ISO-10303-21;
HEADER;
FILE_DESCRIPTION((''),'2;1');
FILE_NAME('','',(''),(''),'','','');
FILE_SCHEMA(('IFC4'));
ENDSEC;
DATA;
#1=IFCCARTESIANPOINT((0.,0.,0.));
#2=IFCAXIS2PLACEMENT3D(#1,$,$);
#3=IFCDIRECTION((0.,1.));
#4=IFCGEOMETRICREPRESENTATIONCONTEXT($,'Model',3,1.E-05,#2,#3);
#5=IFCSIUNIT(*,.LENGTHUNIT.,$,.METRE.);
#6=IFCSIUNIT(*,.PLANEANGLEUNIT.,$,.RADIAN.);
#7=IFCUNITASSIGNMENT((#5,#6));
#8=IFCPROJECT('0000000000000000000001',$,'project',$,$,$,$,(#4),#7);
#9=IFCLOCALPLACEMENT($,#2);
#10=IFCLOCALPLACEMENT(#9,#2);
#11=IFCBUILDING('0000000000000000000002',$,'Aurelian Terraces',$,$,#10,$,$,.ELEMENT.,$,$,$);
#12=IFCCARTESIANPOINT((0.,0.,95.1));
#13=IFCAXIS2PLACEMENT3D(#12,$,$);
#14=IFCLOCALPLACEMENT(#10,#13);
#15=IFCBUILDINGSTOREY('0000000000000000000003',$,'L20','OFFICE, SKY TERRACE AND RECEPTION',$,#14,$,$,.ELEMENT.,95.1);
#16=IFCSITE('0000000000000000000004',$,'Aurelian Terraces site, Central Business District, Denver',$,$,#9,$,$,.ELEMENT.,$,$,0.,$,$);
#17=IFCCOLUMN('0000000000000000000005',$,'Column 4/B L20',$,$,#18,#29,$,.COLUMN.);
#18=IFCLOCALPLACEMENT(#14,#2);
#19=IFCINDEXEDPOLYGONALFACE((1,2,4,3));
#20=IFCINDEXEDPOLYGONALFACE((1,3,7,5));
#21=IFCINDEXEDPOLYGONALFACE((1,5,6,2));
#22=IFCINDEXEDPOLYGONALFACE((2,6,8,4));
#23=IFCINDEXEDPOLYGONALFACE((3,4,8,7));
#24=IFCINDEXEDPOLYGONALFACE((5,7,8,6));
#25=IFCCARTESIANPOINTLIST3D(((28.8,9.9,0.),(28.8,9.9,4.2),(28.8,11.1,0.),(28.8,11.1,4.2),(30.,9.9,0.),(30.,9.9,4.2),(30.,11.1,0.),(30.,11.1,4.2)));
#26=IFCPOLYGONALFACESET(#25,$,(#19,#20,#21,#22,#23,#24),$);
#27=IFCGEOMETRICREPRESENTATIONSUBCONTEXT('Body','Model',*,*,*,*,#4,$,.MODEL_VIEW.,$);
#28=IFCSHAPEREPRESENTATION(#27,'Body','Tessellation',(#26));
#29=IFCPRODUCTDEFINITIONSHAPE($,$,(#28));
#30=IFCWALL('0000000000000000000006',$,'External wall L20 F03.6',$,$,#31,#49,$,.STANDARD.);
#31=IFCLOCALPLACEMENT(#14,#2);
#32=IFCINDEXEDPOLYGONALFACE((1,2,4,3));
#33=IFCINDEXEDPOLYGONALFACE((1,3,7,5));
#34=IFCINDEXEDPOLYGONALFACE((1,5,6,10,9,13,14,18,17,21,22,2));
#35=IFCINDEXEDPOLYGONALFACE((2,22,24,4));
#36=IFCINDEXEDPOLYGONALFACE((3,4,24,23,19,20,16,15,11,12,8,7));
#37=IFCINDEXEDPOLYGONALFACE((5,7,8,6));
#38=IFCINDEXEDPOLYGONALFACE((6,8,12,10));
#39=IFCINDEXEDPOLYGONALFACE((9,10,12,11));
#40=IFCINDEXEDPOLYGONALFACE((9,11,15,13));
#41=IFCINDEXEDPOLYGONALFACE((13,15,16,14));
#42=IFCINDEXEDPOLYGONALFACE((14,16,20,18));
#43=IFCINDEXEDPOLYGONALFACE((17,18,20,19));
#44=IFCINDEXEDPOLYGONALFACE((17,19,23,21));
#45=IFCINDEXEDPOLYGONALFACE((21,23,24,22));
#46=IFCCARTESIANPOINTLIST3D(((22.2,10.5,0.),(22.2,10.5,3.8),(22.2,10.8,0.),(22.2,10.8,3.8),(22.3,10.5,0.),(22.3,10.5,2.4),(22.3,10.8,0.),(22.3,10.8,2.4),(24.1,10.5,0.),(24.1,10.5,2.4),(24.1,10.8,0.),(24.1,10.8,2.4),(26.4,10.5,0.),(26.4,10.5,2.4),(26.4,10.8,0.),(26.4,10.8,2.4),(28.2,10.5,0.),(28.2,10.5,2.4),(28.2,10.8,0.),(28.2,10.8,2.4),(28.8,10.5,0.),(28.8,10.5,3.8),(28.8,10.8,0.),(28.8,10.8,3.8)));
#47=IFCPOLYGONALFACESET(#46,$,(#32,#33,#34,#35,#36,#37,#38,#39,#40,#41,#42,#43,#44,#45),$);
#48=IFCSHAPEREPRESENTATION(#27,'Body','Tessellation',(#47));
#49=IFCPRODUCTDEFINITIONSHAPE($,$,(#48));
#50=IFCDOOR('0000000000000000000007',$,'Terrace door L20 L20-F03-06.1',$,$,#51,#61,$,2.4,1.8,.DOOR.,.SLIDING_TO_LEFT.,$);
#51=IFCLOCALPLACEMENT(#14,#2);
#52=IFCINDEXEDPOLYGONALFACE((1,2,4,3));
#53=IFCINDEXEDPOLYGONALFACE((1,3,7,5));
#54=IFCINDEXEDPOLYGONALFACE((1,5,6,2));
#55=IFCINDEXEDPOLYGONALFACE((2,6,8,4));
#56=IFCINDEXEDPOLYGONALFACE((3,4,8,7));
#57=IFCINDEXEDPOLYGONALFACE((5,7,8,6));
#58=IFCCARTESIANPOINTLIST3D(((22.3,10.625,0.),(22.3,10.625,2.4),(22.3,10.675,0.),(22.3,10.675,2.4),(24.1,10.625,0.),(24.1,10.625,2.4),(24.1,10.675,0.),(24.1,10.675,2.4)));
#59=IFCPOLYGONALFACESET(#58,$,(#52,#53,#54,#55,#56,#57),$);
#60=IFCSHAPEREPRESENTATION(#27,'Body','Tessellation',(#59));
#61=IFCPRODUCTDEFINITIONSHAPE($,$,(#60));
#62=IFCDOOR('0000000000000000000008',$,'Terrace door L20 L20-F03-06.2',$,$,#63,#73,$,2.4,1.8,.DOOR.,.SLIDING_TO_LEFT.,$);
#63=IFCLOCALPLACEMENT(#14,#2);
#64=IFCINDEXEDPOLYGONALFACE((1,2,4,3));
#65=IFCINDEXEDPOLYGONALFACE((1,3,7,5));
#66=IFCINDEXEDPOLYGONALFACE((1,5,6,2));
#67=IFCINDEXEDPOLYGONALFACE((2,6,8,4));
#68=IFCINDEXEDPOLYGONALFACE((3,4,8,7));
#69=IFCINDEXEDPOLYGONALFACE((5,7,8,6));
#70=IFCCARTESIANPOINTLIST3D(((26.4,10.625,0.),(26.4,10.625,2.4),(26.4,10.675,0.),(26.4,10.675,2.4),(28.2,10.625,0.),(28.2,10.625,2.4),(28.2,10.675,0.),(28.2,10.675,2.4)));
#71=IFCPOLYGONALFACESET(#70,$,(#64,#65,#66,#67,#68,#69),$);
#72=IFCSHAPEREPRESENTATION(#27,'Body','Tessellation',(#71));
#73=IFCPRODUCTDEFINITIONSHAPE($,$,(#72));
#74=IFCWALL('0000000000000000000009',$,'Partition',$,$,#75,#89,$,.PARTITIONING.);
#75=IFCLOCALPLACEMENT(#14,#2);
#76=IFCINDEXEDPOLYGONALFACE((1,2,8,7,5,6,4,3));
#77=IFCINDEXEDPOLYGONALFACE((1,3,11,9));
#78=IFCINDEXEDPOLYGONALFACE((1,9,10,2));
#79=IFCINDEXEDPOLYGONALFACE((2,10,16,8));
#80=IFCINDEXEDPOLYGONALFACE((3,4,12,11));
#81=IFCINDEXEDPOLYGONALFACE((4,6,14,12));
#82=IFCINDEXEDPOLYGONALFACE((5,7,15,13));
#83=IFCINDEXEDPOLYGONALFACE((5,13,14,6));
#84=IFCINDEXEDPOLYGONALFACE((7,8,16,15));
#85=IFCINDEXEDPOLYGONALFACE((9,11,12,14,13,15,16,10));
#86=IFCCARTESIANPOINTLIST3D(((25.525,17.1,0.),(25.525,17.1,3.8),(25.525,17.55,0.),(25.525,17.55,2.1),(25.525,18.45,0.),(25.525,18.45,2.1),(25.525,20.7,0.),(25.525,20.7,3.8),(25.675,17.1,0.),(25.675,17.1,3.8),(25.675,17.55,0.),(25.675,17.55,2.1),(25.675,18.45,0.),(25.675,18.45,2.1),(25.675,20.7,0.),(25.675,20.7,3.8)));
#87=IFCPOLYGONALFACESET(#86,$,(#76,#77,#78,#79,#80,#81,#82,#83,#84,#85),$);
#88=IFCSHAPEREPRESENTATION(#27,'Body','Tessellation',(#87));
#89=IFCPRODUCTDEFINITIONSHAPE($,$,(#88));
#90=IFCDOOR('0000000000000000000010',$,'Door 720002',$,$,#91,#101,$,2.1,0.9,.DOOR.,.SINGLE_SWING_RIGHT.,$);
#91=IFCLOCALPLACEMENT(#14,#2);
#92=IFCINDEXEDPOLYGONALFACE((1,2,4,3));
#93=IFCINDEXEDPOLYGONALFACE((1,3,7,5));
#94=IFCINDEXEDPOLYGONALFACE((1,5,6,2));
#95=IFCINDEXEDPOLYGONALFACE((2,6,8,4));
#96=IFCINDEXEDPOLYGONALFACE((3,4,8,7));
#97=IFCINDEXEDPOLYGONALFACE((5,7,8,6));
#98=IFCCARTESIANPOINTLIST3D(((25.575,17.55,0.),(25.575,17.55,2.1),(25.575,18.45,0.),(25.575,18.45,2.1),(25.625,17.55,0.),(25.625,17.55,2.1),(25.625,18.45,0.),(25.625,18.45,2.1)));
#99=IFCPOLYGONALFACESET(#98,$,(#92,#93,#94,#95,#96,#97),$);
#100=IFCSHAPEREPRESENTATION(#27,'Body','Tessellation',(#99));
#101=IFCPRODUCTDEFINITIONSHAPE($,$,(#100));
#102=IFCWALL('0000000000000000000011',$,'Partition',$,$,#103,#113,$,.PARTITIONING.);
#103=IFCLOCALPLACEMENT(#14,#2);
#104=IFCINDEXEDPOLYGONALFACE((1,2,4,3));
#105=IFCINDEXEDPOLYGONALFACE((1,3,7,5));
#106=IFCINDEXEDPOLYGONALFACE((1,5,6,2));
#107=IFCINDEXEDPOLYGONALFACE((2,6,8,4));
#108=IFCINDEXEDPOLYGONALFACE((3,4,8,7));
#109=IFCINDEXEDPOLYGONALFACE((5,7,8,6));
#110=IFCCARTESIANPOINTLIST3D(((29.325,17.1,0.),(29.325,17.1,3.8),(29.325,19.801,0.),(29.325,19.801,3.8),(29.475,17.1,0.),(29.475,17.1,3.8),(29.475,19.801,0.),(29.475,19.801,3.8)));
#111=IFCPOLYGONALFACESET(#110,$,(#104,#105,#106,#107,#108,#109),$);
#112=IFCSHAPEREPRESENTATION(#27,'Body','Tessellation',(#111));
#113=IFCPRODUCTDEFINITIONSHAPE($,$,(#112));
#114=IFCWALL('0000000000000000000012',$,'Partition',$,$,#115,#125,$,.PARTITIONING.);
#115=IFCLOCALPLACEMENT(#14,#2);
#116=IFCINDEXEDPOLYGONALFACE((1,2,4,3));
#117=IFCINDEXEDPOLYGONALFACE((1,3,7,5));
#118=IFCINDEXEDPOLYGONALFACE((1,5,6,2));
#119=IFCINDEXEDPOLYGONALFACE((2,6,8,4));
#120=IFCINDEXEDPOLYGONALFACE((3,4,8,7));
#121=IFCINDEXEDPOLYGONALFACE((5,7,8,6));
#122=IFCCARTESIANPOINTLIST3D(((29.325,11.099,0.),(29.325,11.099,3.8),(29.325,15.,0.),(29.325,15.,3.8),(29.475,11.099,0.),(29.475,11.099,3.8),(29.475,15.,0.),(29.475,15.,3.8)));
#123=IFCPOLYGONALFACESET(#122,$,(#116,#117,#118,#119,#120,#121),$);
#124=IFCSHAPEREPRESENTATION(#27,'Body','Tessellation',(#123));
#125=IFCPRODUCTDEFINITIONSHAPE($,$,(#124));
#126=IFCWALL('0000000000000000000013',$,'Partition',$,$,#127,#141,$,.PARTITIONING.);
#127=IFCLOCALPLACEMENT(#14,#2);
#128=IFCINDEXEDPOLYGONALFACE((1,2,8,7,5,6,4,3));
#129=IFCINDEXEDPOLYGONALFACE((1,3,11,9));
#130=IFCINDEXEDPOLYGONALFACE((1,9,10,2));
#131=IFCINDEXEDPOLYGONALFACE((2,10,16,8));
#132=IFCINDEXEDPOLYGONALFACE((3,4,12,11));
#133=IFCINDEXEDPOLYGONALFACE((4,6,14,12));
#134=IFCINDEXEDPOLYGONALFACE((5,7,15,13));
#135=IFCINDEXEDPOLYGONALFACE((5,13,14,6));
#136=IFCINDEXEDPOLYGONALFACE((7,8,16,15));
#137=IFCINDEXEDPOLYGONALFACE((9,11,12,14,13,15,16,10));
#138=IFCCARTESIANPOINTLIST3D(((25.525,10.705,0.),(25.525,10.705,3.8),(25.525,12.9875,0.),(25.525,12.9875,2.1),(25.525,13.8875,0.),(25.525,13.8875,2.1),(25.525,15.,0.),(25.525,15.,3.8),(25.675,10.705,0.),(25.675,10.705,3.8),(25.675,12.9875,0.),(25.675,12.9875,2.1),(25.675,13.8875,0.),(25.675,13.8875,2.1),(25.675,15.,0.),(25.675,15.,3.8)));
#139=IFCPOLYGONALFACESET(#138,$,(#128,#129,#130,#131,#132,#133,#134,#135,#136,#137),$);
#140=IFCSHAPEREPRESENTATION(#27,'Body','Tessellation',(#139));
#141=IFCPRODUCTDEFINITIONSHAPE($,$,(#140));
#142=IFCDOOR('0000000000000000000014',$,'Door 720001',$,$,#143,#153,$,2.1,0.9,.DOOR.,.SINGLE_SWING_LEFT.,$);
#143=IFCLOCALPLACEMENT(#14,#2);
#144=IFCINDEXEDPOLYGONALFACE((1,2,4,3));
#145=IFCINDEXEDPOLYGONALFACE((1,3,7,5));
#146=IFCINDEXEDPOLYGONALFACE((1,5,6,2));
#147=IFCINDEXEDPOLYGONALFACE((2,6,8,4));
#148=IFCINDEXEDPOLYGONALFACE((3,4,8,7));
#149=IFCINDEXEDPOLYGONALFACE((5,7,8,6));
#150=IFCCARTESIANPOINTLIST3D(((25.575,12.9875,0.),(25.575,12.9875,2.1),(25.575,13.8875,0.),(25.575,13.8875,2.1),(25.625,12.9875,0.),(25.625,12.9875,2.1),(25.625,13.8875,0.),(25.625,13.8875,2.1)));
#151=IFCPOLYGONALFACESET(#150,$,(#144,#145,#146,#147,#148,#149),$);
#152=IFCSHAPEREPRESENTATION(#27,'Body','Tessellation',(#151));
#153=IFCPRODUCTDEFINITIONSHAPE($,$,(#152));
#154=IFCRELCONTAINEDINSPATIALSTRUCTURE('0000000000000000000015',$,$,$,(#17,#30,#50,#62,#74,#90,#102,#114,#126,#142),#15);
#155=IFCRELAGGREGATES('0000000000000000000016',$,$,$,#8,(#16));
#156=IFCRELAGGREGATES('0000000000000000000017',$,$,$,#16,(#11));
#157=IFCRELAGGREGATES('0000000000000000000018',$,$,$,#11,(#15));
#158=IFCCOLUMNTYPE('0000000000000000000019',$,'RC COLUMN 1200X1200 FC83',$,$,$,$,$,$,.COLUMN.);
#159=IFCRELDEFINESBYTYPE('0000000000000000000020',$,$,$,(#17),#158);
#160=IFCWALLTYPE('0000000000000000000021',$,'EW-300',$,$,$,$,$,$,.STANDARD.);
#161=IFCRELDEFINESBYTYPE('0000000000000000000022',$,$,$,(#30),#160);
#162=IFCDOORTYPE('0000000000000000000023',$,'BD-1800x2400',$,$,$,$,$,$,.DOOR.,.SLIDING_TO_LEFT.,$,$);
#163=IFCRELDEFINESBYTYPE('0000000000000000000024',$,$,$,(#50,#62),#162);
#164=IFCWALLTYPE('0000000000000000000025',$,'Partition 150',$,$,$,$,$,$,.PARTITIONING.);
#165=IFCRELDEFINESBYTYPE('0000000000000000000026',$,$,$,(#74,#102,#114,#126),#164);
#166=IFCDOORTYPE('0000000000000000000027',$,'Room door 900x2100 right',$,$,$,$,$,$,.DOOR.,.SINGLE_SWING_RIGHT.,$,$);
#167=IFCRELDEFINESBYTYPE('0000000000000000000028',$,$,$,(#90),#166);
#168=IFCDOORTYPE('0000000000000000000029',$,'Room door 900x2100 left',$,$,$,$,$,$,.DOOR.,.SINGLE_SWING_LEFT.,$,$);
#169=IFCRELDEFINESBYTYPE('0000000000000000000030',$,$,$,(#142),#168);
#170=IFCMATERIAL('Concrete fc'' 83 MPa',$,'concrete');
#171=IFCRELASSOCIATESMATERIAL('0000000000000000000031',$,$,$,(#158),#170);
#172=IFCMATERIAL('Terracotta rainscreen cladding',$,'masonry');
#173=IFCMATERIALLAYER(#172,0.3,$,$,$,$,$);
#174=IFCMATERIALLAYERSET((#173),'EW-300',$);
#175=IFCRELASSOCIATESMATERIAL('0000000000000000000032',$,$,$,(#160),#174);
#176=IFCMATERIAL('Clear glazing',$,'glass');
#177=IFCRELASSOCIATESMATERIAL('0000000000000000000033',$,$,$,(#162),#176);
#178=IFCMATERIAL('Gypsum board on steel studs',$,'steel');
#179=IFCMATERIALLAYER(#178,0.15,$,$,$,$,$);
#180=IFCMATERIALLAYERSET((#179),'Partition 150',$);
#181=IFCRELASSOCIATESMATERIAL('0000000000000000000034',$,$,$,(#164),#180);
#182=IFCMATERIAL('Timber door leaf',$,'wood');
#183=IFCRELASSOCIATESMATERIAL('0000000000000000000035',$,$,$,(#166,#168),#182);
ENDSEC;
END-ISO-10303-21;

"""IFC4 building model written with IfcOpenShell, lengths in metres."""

from ifc_helpers import new_model, si_unit, direction, frame, frame_2d, origin, origin_2d, place, context, subcontext, project, spatial, rectangle, extrude, source, transform, mapped, material, layer, layer_set, material_profile, profile_set, type_object, element, fill, save


model = new_model("IFC4")

# Units and contexts
model_context = context("Model", 3, precision=1e-05, world=origin(), true_north=direction((0.0, 1.0)))
body_context = subcontext(model_context, "Body", "Model", "MODEL_VIEW")
ifc_project = project(units=[si_unit("LENGTHUNIT", "METRE"), si_unit("PLANEANGLEUNIT", "RADIAN")], contexts=[model_context])

# Site, building, storey
site_placement = place(None, origin())
site = spatial("IfcSite", under=ifc_project, at=site_placement, Name="Aurelian Terraces site, Central Business District, Denver", CompositionType="ELEMENT", RefElevation=0.0)
building_placement = place(site_placement, origin())
building = spatial("IfcBuilding", under=site, at=building_placement, Name="Aurelian Terraces", CompositionType="ELEMENT")
storey_placement = place(building_placement, frame((0.0, 0.0, 95.1)))
storey = spatial("IfcBuildingStorey", under=building, at=storey_placement, Name="L20", Description="OFFICE, SKY TERRACE AND RECEPTION", CompositionType="ELEMENT", Elevation=95.1)

# Column
ifc_material_1 = material(Name="Concrete fc' 83 MPa", Category="concrete")
ifc_material_profile = material_profile(ifc_material_1, rectangle(XDim=1.2, YDim=1.2, at=origin_2d()))
ifc_profile_set = profile_set([ifc_material_profile], Name="Concrete fc' 83 MPa")
column_type = type_object("IfcColumnType", Name="RC COLUMN 1200X1200 FC83", PredefinedType="COLUMN", material=ifc_profile_set)
shared_shape_1 = source(origin(), body_context, "Body", "SweptSolid", [
    extrude(rectangle(XDim=1.2, YDim=1.2, at=origin_2d()), origin(), (0.0, 0.0, 1.0), 4.2),
])
column_placement = place(storey_placement, frame((29.4, 10.5, 0.0), z_axis=(0.0, 0.0, 1.0), x_axis=(1.0, 0.0, 0.0)))
element("IfcColumn", 1, at=column_placement, inside=storey, type_object=column_type, Name="Column 4/B L20", PredefinedType="COLUMN", context=body_context, shape_type="MappedRepresentation", body=[
    mapped(shared_shape_1, transform((0.0, 0.0, 0.0), scale=1.0)),
])

# Wall, openings, doors
ifc_material_2 = material(Name="Terracotta rainscreen cladding", Category="masonry")
ifc_layer_1 = layer(ifc_material_2, 0.3)
ifc_layer_set_1 = layer_set([ifc_layer_1], Name="EW-300")
wall_type_1 = type_object("IfcWallType", Name="EW-300", PredefinedType="STANDARD", material=ifc_layer_set_1)
shared_shape_2 = source(origin(), body_context, "Body", "SweptSolid", [
    extrude(rectangle(XDim=6.6, YDim=0.3, at=frame_2d((3.3, 0.0))), origin(), (0.0, 0.0, 1.0), 3.8),
])
wall_1_placement = place(storey_placement, frame((22.2, 10.65, 0.0), z_axis=(0.0, 0.0, 1.0), x_axis=(1.0, 0.0, 0.0)))
wall_1 = element("IfcWall", 2, at=wall_1_placement, inside=storey, type_object=wall_type_1, Name="External wall L20 F03.6", PredefinedType="STANDARD", context=body_context, shape_type="MappedRepresentation", body=[
    mapped(shared_shape_2, transform((0.0, 0.0, 0.0), scale=1.0)),
])
shared_shape_3 = source(origin(), body_context, "Body", "SweptSolid", [
    extrude(rectangle(XDim=1.8, YDim=2.4, at=frame_2d((0.9, 1.2))), frame((0.0, 0.16, 0.0), z_axis=(0.0, -1.0, 0.0), x_axis=(1.0, 0.0, 0.0)), (0.0, 0.0, 1.0), 0.32),
])
opening_1_placement = place(wall_1_placement, frame((0.1, 0.0, 0.0)))
opening_1 = element("IfcOpeningElement", 3, at=opening_1_placement, cuts=wall_1, PredefinedType="OPENING", context=body_context, shape_type="MappedRepresentation", body=[
    mapped(shared_shape_3, transform((0.0, 0.0, 0.0), scale=1.0)),
])
opening_2_placement = place(wall_1_placement, frame((4.2, 0.0, 0.0)))
opening_2 = element("IfcOpeningElement", 4, at=opening_2_placement, cuts=wall_1, PredefinedType="OPENING", context=body_context, shape_type="MappedRepresentation", body=[
    mapped(shared_shape_3, transform((0.0, 0.0, 0.0), scale=1.0)),
])
ifc_material_3 = material(Name="Clear glazing", Category="glass")
door_type_1 = type_object("IfcDoorType", Name="BD-1800x2400", OperationType="SLIDING_TO_LEFT", PredefinedType="DOOR", material=ifc_material_3)
shared_shape_4 = source(origin(), body_context, "Body", "SweptSolid", [
    extrude(rectangle(XDim=1.8, YDim=2.4, at=frame_2d((0.9, 1.2))), frame((0.0, 0.025, 0.0), z_axis=(0.0, -1.0, 0.0), x_axis=(1.0, 0.0, 0.0)), (0.0, 0.0, 1.0), 0.05),
])
door_1_placement = place(opening_1_placement, origin())
door_1 = element("IfcDoor", 5, at=door_1_placement, inside=storey, type_object=door_type_1, Name="Terrace door L20 L20-F03-06.1", OperationType="SLIDING_TO_LEFT", OverallHeight=2.4, OverallWidth=1.8, PredefinedType="DOOR", context=body_context, shape_type="MappedRepresentation", body=[
    mapped(shared_shape_4, transform((0.0, 0.0, 0.0), scale=1.0)),
])
fill(opening_1, door_1)
door_2_placement = place(opening_2_placement, origin())
door_2 = element("IfcDoor", 6, at=door_2_placement, inside=storey, type_object=door_type_1, Name="Terrace door L20 L20-F03-06.2", OperationType="SLIDING_TO_LEFT", OverallHeight=2.4, OverallWidth=1.8, PredefinedType="DOOR", context=body_context, shape_type="MappedRepresentation", body=[
    mapped(shared_shape_4, transform((0.0, 0.0, 0.0), scale=1.0)),
])
fill(opening_2, door_2)

# Wall, opening, door
ifc_material_4 = material(Name="Gypsum board on steel studs", Category="steel")
ifc_layer_2 = layer(ifc_material_4, 0.15)
ifc_layer_set_2 = layer_set([ifc_layer_2], Name="Partition 150")
wall_type_2 = type_object("IfcWallType", Name="Partition 150", PredefinedType="PARTITIONING", material=ifc_layer_set_2)
shared_shape_5 = source(origin(), body_context, "Body", "SweptSolid", [
    extrude(rectangle(XDim=3.6, YDim=0.15, at=frame_2d((1.8, 0.0))), origin(), (0.0, 0.0, 1.0), 3.8),
])
wall_2_placement = place(storey_placement, frame((25.6, 20.7, 0.0), z_axis=(0.0, 0.0, 1.0), x_axis=(0.0, -1.0, 0.0)))
wall_2 = element("IfcWall", 7, at=wall_2_placement, inside=storey, type_object=wall_type_2, Name="Partition", PredefinedType="PARTITIONING", context=body_context, shape_type="MappedRepresentation", body=[
    mapped(shared_shape_5, transform((0.0, 0.0, 0.0), scale=1.0)),
])
shared_shape_6 = source(origin(), body_context, "Body", "SweptSolid", [
    extrude(rectangle(XDim=0.9, YDim=2.1, at=frame_2d((0.45, 1.05))), frame((0.0, 0.085, 0.0), z_axis=(0.0, -1.0, 0.0), x_axis=(1.0, 0.0, 0.0)), (0.0, 0.0, 1.0), 0.17),
])
opening_3_placement = place(wall_2_placement, frame((2.25, 0.0, 0.0)))
opening_3 = element("IfcOpeningElement", 8, at=opening_3_placement, cuts=wall_2, PredefinedType="OPENING", context=body_context, shape_type="MappedRepresentation", body=[
    mapped(shared_shape_6, transform((0.0, 0.0, 0.0), scale=1.0)),
])
ifc_material_5 = material(Name="Timber door leaf", Category="wood")
door_type_2 = type_object("IfcDoorType", Name="Room door 900x2100 right", OperationType="SINGLE_SWING_RIGHT", PredefinedType="DOOR", material=ifc_material_5)
shared_shape_7 = source(origin(), body_context, "Body", "SweptSolid", [
    extrude(rectangle(XDim=0.9, YDim=2.1, at=frame_2d((0.45, 1.05))), frame((0.0, 0.025, 0.0), z_axis=(0.0, -1.0, 0.0), x_axis=(1.0, 0.0, 0.0)), (0.0, 0.0, 1.0), 0.05),
])
door_3_placement = place(opening_3_placement, origin())
door_3 = element("IfcDoor", 9, at=door_3_placement, inside=storey, type_object=door_type_2, Name="Door 720002", OperationType="SINGLE_SWING_RIGHT", OverallHeight=2.1, OverallWidth=0.9, PredefinedType="DOOR", context=body_context, shape_type="MappedRepresentation", body=[
    mapped(shared_shape_7, transform((0.0, 0.0, 0.0), scale=1.0)),
])
fill(opening_3, door_3)

# Walls
shared_shape_8 = source(origin(), body_context, "Body", "SweptSolid", [
    extrude(rectangle(XDim=2.701, YDim=0.15, at=frame_2d((1.3505, 0.0))), origin(), (0.0, 0.0, 1.0), 3.8),
])
wall_3_placement = place(storey_placement, frame((29.4, 17.1, 0.0), z_axis=(0.0, 0.0, 1.0), x_axis=(0.0, 1.0, 0.0)))
element("IfcWall", 10, at=wall_3_placement, inside=storey, type_object=wall_type_2, Name="Partition", PredefinedType="PARTITIONING", context=body_context, shape_type="MappedRepresentation", body=[
    mapped(shared_shape_8, transform((0.0, 0.0, 0.0), scale=1.0)),
])
shared_shape_9 = source(origin(), body_context, "Body", "SweptSolid", [
    extrude(rectangle(XDim=3.901, YDim=0.15, at=frame_2d((1.9505, 0.0))), origin(), (0.0, 0.0, 1.0), 3.8),
])
wall_4_placement = place(storey_placement, frame((29.4, 11.099, 0.0), z_axis=(0.0, 0.0, 1.0), x_axis=(0.0, 1.0, 0.0)))
element("IfcWall", 11, at=wall_4_placement, inside=storey, type_object=wall_type_2, Name="Partition", PredefinedType="PARTITIONING", context=body_context, shape_type="MappedRepresentation", body=[
    mapped(shared_shape_9, transform((0.0, 0.0, 0.0), scale=1.0)),
])

# Wall, opening, door
shared_shape_10 = source(origin(), body_context, "Body", "SweptSolid", [
    extrude(rectangle(XDim=4.295, YDim=0.15, at=frame_2d((2.1475, 0.0))), origin(), (0.0, 0.0, 1.0), 3.8),
])
wall_5_placement = place(storey_placement, frame((25.6, 15.0, 0.0), z_axis=(0.0, 0.0, 1.0), x_axis=(0.0, -1.0, 0.0)))
wall_5 = element("IfcWall", 12, at=wall_5_placement, inside=storey, type_object=wall_type_2, Name="Partition", PredefinedType="PARTITIONING", context=body_context, shape_type="MappedRepresentation", body=[
    mapped(shared_shape_10, transform((0.0, 0.0, 0.0), scale=1.0)),
])
opening_4_placement = place(wall_5_placement, frame((1.1125, 0.0, 0.0)))
opening_4 = element("IfcOpeningElement", 13, at=opening_4_placement, cuts=wall_5, PredefinedType="OPENING", context=body_context, shape_type="MappedRepresentation", body=[
    mapped(shared_shape_6, transform((0.0, 0.0, 0.0), scale=1.0)),
])
door_type_3 = type_object("IfcDoorType", Name="Room door 900x2100 left", OperationType="SINGLE_SWING_LEFT", PredefinedType="DOOR", material=ifc_material_5)
door_4_placement = place(opening_4_placement, origin())
door_4 = element("IfcDoor", 14, at=door_4_placement, inside=storey, type_object=door_type_3, Name="Door 720001", OperationType="SINGLE_SWING_LEFT", OverallHeight=2.1, OverallWidth=0.9, PredefinedType="DOOR", context=body_context, shape_type="MappedRepresentation", body=[
    mapped(shared_shape_7, transform((0.0, 0.0, 0.0), scale=1.0)),
])
fill(opening_4, door_4)

save(model, "model.ifc")
